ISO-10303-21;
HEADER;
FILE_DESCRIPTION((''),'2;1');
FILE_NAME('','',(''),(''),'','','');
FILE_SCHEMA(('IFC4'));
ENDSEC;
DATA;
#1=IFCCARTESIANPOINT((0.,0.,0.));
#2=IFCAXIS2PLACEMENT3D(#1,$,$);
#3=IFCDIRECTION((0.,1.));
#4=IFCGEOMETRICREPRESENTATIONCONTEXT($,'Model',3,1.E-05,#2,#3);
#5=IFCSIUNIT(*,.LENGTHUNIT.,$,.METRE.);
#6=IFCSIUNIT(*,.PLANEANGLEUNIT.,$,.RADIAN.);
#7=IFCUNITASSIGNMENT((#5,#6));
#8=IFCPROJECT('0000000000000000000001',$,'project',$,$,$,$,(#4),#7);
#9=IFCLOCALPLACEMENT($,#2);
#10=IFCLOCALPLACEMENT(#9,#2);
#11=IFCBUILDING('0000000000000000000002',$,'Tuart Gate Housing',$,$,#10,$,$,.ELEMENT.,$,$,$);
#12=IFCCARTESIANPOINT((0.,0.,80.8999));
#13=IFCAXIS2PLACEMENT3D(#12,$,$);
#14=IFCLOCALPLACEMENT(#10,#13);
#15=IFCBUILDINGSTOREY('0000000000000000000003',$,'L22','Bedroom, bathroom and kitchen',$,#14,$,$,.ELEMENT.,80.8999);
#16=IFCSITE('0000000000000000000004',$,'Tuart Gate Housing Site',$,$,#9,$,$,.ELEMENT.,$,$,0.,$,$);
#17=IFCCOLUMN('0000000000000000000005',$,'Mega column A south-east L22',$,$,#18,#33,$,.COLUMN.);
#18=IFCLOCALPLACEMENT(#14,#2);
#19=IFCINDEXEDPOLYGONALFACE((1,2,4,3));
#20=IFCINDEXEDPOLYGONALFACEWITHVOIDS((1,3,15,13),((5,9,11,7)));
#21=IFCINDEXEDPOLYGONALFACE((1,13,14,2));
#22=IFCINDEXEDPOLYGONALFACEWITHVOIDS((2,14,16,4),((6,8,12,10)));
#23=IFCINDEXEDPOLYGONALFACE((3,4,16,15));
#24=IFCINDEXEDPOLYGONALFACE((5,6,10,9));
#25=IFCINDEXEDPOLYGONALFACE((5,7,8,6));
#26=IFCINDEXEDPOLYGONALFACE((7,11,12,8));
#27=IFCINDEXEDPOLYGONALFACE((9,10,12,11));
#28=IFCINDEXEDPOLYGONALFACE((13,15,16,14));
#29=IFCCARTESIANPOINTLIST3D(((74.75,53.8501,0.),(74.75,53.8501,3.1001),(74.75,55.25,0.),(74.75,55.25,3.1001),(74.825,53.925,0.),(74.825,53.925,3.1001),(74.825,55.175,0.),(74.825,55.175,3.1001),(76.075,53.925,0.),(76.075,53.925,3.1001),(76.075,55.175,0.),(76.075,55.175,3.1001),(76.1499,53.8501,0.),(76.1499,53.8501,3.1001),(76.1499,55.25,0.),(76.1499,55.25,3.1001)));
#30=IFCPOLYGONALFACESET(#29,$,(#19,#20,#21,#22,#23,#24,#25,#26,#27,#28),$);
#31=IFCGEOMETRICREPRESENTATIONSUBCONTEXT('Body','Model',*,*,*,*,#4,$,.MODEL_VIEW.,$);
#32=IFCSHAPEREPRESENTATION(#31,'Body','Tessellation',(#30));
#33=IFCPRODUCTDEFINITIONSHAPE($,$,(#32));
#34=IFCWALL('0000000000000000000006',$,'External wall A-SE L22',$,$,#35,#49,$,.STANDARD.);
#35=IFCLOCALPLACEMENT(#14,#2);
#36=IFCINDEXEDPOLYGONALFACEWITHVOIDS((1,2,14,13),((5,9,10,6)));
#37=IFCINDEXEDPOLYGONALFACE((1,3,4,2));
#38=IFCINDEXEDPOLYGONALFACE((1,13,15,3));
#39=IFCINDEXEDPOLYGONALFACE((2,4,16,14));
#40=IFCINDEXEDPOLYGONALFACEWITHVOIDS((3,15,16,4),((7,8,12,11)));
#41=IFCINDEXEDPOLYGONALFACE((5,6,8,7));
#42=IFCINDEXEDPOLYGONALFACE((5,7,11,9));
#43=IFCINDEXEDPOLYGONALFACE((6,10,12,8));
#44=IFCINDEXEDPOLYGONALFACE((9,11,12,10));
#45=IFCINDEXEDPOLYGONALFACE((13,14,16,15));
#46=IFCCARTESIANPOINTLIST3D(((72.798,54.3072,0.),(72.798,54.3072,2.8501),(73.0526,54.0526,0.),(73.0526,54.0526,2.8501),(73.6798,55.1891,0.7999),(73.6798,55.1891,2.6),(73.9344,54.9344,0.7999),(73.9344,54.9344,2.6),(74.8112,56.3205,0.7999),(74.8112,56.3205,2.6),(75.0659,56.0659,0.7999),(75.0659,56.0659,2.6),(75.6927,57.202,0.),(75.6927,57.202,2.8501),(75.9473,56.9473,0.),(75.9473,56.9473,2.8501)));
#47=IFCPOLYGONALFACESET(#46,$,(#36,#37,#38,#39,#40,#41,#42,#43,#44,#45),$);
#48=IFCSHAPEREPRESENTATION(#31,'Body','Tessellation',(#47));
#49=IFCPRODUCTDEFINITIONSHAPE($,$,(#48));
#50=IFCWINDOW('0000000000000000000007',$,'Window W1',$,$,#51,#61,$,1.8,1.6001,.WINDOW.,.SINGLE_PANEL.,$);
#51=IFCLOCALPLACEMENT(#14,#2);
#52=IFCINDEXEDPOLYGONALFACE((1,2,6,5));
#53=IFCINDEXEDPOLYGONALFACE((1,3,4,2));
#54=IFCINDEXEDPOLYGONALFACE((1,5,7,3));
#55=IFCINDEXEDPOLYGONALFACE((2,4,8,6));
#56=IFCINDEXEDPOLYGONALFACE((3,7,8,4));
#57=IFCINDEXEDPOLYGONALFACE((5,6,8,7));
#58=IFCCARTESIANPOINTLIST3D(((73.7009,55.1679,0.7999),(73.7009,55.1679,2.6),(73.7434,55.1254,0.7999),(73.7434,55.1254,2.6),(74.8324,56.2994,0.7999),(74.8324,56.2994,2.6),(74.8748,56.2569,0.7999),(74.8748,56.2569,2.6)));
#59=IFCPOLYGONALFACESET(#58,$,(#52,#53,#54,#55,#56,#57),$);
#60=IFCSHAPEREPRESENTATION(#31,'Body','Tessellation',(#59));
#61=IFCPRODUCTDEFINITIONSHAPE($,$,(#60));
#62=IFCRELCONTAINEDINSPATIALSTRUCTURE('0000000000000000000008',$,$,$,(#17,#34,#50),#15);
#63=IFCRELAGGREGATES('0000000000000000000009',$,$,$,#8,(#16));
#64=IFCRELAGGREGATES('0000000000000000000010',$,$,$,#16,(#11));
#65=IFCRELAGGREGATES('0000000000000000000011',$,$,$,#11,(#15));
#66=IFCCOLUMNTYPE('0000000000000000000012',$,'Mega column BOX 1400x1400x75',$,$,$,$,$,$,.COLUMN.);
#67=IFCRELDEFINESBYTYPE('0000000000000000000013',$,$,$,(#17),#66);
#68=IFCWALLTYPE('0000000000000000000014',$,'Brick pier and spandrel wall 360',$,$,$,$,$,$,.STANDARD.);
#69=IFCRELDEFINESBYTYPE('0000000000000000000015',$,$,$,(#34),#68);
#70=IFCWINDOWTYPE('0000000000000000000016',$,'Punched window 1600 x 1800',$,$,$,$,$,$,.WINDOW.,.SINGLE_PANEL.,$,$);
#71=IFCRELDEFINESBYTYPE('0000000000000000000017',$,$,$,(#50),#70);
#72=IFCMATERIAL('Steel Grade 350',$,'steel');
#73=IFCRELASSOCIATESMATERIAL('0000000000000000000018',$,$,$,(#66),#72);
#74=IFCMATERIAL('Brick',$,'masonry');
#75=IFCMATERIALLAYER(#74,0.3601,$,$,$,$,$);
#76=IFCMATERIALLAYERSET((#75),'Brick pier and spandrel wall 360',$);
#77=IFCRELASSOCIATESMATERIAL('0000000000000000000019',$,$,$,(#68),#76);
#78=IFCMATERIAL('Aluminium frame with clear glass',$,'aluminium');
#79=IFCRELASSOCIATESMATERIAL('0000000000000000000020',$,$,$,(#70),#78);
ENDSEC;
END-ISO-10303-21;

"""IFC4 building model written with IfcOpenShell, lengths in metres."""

from ifc_helpers import new_model, si_unit, direction, frame, frame_2d, origin, origin_2d, place, context, subcontext, project, spatial, rectangle, hollow_rectangle, extrude, material, layer, layer_set, material_profile, profile_set, type_object, element, fill, save


model = new_model("IFC4")

# Units and contexts
model_context = context("Model", 3, precision=1e-05, world=origin(), true_north=direction((0.0, 1.0)))
body_context = subcontext(model_context, "Body", "Model", "MODEL_VIEW")
ifc_project = project(units=[si_unit("LENGTHUNIT", "METRE"), si_unit("PLANEANGLEUNIT", "RADIAN")], contexts=[model_context])

# Site, building, storey
site_placement = place(None, origin())
site = spatial("IfcSite", under=ifc_project, at=site_placement, Name="Tuart Gate Housing Site", CompositionType="ELEMENT", RefElevation=0.0)
building_placement = place(site_placement, origin())
building = spatial("IfcBuilding", under=site, at=building_placement, Name="Tuart Gate Housing", CompositionType="ELEMENT")
storey_placement = place(building_placement, frame((0.0, 0.0, 80.8999)))
storey = spatial("IfcBuildingStorey", under=building, at=storey_placement, Name="L22", Description="Bedroom, bathroom and kitchen", CompositionType="ELEMENT", Elevation=80.8999)

# Column
ifc_material_1 = material(Name="Steel Grade 350", Category="steel")
ifc_material_profile = material_profile(ifc_material_1, hollow_rectangle(XDim=1.3999, YDim=1.3999, WallThickness=0.075, at=origin_2d()), Name="BOX 1400x1400x75")
ifc_profile_set = profile_set([ifc_material_profile], Name="Steel Grade 350")
column_type = type_object("IfcColumnType", Name="Mega column BOX 1400x1400x75", PredefinedType="COLUMN", material=ifc_profile_set)
column_placement = place(storey_placement, frame((75.45, 54.55, 0.0), z_axis=(0.0, 0.0, 1.0), x_axis=(1.0, 0.0, 0.0)))
element("IfcColumn", 1, at=column_placement, inside=storey, type_object=column_type, Name="Mega column A south-east L22", PredefinedType="COLUMN", context=body_context, shape_type="SweptSolid", body=[
    extrude(hollow_rectangle(XDim=1.3999, YDim=1.3999, WallThickness=0.075, at=origin_2d()), origin(), (0.0, 0.0, 1.0), 3.1001),
])

# Wall, opening, window
ifc_material_2 = material(Name="Brick", Category="masonry")
ifc_layer = layer(ifc_material_2, 0.3601)
ifc_layer_set = layer_set([ifc_layer], Name="Brick pier and spandrel wall 360")
wall_type = type_object("IfcWallType", Name="Brick pier and spandrel wall 360", PredefinedType="STANDARD", material=ifc_layer_set)
wall_1_placement = place(storey_placement, frame((72.9253, 54.1799, 0.0), z_axis=(0.0, 0.0, 1.0), x_axis=(0.707107, 0.707107, 0.0)))
wall_1 = element("IfcWall", 2, at=wall_1_placement, inside=storey, type_object=wall_type, Name="External wall A-SE L22", PredefinedType="STANDARD", context=body_context, shape_type="SweptSolid", body=[
    extrude(rectangle(XDim=4.0938, YDim=0.3601, at=frame_2d((2.0469, 0.0))), origin(), (0.0, 0.0, 1.0), 2.8501),
])
opening_1_placement = place(wall_1_placement, frame((1.2471, 0.0, 0.8)))
opening_1 = element("IfcOpeningElement", 3, at=opening_1_placement, cuts=wall_1, PredefinedType="OPENING", context=body_context, shape_type="SweptSolid", body=[
    extrude(rectangle(XDim=1.6001, YDim=1.8, at=frame_2d((0.8, 0.8999))), frame((0.0, 0.1899, 0.0), z_axis=(0.0, -1.0, 0.0), x_axis=(1.0, 0.0, 0.0)), (0.0, 0.0, 1.0), 0.3801),
])
ifc_material_3 = material(Name="Aluminium frame with clear glass", Category="aluminium")
window_type_1 = type_object("IfcWindowType", Name="Punched window 1600 x 1800", PartitioningType="SINGLE_PANEL", PredefinedType="WINDOW", material=ifc_material_3)
window_1_placement = place(opening_1_placement, origin())
window_1 = element("IfcWindow", 4, at=window_1_placement, inside=storey, type_object=window_type_1, Name="Window W1", OverallHeight=1.8, OverallWidth=1.6001, PartitioningType="SINGLE_PANEL", PredefinedType="WINDOW", context=body_context, shape_type="SweptSolid", body=[
    extrude(rectangle(XDim=1.6001, YDim=1.8, at=frame_2d((0.8, 0.8999))), frame((0.0, 0.1501, 0.0), z_axis=(0.0, -1.0, 0.0), x_axis=(1.0, 0.0, 0.0)), (0.0, 0.0, 1.0), 0.0601),
])
fill(opening_1, window_1)

save(model, "model.ifc")
